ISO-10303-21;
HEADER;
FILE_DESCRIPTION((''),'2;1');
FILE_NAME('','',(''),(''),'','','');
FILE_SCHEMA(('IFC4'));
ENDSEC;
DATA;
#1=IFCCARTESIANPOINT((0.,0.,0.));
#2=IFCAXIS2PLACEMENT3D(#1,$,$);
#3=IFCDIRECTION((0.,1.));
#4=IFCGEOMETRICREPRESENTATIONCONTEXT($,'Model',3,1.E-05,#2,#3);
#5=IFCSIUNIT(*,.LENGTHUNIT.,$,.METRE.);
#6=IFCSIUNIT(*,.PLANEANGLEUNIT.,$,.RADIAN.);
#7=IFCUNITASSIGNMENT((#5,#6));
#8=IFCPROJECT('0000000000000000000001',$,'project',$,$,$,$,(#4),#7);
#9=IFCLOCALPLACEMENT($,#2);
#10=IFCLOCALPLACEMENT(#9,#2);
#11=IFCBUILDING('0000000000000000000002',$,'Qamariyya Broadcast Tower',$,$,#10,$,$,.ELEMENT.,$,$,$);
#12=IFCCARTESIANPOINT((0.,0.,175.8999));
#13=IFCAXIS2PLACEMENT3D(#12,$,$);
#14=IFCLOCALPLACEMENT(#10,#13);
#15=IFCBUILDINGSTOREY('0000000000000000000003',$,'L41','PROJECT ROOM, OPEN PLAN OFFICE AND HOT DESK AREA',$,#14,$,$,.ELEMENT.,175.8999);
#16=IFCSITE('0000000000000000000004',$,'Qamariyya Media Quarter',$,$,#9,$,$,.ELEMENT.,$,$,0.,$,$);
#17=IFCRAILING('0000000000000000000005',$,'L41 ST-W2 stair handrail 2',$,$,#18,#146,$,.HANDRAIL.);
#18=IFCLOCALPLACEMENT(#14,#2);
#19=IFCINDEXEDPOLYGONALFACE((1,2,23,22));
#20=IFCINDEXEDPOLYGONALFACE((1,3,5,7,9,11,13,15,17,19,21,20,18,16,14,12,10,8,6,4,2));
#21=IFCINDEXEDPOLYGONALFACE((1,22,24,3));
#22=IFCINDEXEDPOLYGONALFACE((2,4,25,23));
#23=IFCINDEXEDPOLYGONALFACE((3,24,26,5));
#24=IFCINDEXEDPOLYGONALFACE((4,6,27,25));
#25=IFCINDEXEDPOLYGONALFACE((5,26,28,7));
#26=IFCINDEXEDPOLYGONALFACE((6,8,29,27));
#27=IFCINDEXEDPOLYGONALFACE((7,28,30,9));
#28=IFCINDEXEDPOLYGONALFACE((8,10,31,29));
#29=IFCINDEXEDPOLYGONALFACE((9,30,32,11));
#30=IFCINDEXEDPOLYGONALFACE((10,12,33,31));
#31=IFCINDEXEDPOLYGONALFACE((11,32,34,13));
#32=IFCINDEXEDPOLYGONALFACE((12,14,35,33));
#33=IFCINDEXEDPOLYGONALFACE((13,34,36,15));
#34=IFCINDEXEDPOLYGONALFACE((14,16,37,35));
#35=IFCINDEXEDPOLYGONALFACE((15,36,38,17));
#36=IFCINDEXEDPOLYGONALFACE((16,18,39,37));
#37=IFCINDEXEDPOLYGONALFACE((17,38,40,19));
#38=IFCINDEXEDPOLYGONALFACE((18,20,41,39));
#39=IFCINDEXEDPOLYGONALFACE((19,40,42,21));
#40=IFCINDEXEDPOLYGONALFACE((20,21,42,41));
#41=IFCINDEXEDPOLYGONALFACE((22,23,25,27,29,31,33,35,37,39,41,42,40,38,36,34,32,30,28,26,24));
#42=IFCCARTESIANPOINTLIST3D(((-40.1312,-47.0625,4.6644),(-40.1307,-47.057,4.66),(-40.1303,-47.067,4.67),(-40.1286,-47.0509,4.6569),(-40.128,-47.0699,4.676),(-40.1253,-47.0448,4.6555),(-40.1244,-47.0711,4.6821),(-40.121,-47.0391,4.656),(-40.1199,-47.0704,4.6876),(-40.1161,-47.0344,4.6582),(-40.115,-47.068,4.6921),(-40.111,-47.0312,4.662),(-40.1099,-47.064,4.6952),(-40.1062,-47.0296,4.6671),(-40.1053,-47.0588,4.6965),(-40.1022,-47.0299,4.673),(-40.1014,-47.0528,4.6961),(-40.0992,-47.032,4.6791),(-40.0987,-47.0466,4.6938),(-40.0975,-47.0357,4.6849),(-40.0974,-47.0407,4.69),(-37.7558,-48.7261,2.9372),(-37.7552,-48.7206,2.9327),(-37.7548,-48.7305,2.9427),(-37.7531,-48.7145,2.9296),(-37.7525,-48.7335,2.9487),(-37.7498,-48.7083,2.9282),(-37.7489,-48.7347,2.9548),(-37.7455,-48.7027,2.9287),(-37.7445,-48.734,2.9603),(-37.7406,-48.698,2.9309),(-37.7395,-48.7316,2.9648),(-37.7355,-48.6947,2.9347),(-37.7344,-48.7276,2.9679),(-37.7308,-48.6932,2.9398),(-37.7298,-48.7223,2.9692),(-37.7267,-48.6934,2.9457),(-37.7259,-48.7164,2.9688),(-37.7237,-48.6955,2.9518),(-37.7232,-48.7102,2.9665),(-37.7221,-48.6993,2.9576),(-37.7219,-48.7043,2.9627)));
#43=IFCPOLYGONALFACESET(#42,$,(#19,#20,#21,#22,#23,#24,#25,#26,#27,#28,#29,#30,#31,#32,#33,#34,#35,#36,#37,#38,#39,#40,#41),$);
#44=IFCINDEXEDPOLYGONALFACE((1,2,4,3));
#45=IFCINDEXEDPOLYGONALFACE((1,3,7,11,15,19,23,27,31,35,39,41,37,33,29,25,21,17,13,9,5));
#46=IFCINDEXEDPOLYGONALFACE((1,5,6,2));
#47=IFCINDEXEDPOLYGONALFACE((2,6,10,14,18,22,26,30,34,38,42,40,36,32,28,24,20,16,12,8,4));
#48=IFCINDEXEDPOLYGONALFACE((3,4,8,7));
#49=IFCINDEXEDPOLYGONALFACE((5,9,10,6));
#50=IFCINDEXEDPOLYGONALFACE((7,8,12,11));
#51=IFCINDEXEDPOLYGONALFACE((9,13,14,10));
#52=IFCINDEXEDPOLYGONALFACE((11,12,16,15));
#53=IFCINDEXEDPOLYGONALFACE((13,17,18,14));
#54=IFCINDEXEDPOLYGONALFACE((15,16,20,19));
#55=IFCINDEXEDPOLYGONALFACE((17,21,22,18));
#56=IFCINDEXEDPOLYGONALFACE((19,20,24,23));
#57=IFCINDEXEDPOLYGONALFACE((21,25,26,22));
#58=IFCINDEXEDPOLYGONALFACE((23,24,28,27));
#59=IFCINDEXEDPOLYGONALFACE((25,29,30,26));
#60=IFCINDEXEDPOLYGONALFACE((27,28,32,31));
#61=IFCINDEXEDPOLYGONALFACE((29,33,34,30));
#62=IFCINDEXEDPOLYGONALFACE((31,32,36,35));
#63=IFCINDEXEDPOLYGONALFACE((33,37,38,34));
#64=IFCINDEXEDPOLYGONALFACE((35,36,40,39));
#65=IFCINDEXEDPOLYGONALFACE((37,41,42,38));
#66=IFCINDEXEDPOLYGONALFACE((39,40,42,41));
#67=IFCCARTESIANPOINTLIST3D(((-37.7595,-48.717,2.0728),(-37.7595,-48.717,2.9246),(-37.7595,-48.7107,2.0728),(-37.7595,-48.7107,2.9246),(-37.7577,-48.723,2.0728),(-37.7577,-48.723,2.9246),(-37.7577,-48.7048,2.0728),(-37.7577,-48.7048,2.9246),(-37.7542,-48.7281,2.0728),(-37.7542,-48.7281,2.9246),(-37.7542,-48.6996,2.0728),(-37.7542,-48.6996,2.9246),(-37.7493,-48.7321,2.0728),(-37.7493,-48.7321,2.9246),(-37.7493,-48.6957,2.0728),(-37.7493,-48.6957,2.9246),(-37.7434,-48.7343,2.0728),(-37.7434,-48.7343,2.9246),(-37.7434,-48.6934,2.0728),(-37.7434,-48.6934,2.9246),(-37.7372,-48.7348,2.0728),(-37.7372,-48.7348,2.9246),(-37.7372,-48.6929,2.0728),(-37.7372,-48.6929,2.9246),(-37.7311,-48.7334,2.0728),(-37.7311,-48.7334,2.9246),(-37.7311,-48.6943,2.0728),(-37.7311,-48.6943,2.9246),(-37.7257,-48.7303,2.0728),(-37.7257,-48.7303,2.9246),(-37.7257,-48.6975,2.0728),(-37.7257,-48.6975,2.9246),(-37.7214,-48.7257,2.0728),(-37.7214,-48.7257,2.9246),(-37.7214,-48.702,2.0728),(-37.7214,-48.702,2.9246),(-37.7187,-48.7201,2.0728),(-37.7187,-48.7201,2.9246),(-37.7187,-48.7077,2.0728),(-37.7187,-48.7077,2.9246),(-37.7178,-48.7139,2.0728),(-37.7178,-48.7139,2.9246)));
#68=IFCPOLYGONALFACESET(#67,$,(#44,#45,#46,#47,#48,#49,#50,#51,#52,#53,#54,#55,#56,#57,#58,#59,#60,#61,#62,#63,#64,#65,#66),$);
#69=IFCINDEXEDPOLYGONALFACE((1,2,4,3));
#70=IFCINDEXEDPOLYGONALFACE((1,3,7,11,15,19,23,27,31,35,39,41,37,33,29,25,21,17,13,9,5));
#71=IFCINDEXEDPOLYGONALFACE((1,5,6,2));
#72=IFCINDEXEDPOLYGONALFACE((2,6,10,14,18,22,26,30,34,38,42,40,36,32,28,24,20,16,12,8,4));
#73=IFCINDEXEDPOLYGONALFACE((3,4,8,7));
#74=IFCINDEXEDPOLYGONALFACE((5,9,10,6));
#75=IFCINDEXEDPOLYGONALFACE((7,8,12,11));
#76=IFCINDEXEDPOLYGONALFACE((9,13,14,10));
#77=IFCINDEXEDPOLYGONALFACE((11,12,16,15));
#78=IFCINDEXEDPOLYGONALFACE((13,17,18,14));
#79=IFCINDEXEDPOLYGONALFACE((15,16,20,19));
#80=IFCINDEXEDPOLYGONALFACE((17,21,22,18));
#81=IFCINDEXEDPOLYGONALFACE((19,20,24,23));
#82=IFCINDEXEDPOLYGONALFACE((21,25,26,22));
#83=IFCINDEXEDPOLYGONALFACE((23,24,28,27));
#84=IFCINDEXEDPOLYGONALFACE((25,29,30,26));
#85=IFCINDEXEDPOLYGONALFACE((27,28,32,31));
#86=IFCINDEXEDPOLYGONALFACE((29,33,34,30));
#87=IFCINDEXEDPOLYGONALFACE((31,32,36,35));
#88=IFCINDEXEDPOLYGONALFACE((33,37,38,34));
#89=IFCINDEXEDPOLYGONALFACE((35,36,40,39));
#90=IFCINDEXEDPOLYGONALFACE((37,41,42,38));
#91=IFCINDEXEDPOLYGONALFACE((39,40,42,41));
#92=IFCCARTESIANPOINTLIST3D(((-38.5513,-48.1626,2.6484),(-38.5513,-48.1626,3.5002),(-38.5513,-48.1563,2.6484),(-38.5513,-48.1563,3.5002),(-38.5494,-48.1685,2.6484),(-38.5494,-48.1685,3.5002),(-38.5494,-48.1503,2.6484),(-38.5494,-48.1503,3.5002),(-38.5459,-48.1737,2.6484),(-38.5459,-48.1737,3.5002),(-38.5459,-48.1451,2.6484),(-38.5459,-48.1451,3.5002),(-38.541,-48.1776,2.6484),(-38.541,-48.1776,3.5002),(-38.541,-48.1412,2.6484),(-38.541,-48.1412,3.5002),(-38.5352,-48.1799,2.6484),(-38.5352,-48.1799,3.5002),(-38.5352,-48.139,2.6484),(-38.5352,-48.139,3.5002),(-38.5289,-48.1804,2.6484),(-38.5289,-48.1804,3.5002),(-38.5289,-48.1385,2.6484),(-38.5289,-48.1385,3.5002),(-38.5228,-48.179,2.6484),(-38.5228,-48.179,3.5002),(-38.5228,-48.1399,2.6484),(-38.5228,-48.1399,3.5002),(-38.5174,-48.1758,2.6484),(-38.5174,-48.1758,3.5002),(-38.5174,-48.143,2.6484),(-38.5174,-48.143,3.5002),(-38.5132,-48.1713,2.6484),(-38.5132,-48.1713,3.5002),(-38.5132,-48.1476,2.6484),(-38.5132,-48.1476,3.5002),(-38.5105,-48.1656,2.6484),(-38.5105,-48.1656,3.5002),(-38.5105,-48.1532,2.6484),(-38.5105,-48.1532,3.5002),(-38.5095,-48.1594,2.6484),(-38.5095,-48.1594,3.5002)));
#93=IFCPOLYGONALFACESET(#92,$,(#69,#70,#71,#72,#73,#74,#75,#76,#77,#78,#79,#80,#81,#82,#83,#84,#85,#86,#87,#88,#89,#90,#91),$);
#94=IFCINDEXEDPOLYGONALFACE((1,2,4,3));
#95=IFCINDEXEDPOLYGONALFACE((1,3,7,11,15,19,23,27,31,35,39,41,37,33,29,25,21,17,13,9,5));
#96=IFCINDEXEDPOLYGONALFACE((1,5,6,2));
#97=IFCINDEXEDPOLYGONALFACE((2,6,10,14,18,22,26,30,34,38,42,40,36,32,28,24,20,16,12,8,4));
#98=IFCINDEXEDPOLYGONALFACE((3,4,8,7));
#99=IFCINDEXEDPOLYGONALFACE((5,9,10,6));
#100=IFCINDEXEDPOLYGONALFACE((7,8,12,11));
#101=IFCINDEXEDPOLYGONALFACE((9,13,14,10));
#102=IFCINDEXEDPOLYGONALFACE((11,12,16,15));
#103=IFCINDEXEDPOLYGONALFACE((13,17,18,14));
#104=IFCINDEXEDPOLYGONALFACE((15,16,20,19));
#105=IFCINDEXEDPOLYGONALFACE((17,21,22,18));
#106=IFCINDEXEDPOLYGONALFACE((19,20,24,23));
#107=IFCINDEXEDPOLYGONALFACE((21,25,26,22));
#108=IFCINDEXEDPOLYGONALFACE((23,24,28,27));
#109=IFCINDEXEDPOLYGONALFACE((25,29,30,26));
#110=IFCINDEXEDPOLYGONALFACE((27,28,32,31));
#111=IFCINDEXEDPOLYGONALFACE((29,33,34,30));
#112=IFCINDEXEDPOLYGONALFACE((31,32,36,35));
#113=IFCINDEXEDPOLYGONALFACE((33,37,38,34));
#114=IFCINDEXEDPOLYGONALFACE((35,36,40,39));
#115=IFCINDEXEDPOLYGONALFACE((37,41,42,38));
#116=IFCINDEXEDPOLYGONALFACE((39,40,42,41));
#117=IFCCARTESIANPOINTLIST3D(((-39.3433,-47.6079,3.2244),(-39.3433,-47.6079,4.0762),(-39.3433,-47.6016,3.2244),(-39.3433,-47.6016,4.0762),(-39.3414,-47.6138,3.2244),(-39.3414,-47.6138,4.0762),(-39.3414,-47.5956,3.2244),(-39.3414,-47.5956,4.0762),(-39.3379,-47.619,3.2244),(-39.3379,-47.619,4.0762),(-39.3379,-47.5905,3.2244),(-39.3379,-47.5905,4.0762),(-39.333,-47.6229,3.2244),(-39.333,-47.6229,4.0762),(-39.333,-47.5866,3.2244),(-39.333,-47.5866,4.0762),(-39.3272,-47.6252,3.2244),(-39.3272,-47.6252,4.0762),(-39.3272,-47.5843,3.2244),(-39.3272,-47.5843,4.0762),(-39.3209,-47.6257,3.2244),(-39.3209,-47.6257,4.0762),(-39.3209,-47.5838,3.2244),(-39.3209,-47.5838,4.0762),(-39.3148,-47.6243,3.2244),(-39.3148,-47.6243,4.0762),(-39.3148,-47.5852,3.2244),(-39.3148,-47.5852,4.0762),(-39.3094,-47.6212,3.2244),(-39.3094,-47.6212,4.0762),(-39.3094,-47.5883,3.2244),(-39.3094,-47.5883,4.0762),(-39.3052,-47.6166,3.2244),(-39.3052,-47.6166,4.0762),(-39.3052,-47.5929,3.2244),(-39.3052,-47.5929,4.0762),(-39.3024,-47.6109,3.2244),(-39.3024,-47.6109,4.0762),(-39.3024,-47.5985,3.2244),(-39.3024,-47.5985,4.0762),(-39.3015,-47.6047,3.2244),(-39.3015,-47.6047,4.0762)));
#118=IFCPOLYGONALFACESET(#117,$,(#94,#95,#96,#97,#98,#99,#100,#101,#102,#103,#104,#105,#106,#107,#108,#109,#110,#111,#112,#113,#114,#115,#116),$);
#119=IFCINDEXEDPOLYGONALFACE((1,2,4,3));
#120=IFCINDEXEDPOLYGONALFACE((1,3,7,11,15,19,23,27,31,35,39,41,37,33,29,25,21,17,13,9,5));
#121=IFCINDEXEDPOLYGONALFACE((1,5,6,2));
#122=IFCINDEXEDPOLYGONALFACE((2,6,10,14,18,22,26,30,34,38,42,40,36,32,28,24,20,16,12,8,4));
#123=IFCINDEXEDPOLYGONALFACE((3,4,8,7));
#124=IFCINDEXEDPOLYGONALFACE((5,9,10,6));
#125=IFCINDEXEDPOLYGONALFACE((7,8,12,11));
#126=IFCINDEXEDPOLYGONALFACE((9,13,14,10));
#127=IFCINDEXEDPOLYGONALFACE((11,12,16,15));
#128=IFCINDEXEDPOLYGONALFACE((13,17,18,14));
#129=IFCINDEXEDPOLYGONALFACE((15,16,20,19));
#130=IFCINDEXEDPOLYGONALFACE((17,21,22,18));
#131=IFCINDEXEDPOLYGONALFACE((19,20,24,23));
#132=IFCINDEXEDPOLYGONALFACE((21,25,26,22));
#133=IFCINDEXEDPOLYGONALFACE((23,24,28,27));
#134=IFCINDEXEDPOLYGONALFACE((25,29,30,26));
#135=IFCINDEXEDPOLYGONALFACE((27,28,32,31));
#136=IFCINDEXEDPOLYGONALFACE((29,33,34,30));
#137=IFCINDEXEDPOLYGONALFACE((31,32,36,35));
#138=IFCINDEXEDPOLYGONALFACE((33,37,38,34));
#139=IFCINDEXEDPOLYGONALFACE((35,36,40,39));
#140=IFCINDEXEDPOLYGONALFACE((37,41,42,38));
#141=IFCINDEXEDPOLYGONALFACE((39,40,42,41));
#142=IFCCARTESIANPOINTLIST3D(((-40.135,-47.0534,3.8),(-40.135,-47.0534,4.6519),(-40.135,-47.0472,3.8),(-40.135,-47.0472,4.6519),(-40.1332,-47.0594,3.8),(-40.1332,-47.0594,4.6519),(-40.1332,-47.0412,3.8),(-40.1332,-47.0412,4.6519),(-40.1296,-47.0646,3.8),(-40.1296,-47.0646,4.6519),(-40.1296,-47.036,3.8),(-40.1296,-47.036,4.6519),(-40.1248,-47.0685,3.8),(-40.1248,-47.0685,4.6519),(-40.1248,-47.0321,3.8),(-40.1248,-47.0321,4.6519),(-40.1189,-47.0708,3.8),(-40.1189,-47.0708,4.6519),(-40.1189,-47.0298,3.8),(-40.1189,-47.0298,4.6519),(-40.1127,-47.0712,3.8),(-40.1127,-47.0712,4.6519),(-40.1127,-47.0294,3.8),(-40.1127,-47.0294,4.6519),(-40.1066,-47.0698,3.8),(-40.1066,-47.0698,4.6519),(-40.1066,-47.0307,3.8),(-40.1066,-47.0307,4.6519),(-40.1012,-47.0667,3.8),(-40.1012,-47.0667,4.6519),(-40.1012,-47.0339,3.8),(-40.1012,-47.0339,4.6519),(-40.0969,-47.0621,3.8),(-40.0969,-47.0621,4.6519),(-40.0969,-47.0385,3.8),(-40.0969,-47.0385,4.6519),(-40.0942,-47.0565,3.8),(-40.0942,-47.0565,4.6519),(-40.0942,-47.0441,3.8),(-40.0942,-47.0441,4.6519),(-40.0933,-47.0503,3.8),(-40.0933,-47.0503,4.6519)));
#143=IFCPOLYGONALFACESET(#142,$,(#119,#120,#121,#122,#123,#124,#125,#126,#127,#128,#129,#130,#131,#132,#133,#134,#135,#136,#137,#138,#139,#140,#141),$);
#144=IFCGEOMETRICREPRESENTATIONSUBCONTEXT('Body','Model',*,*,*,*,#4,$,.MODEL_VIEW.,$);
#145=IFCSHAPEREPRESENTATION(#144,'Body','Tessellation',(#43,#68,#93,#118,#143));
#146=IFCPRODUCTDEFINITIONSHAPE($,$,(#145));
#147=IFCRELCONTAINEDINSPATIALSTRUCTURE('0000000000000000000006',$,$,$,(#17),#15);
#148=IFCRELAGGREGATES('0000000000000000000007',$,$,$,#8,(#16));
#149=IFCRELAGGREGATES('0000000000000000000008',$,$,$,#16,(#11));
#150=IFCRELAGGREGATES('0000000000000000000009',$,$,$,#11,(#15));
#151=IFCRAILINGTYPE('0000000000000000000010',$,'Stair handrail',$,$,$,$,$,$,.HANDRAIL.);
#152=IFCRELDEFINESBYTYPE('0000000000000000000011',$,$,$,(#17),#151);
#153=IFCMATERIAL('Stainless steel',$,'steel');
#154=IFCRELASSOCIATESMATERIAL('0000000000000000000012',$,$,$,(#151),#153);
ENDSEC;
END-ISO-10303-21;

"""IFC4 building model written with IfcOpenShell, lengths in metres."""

from ifc_helpers import new_model, si_unit, direction, frame, origin, origin_2d, place, context, subcontext, project, spatial, circle, extrude, material, type_object, element, save


model = new_model("IFC4")

# Units and contexts
model_context = context("Model", 3, precision=1e-05, world=origin(), true_north=direction((0.0, 1.0)))
body_context = subcontext(model_context, "Body", "Model", "MODEL_VIEW")
ifc_project = project(units=[si_unit("LENGTHUNIT", "METRE"), si_unit("PLANEANGLEUNIT", "RADIAN")], contexts=[model_context])

# Site, building, storey
site_placement = place(None, origin())
site = spatial("IfcSite", under=ifc_project, at=site_placement, Name="Qamariyya Media Quarter", CompositionType="ELEMENT", RefElevation=0.0)
building_placement = place(site_placement, origin())
building = spatial("IfcBuilding", under=site, at=building_placement, Name="Qamariyya Broadcast Tower", CompositionType="ELEMENT")
storey_placement = place(building_placement, frame((0.0, 0.0, 175.8999)))
storey = spatial("IfcBuildingStorey", under=building, at=storey_placement, Name="L41", Description="PROJECT ROOM, OPEN PLAN OFFICE AND HOT DESK AREA", CompositionType="ELEMENT", Elevation=175.8999)

# Railing
ifc_material_1 = material(Name="Stainless steel", Category="steel")
railing_type_1 = type_object("IfcRailingType", Name="Stair handrail", PredefinedType="HANDRAIL", material=ifc_material_1)
railing_1_placement = place(storey_placement, frame((-37.7388, -48.7139, 2.0728)))
element("IfcRailing", 1, at=railing_1_placement, inside=storey, type_object=railing_type_1, Name="L41 ST-W2 stair handrail 2", PredefinedType="HANDRAIL", context=body_context, shape_type="SweptSolid", body=[
    extrude(circle(Radius=0.0239, at=origin_2d()), frame((0.0, 0.0, 0.876), z_axis=(-0.703745, 0.492838, 0.511716), x_axis=(-0.573632, -0.819113, 0.0)), (0.0, 0.0, 1.0), 3.3755),
    extrude(circle(Radius=0.021, at=origin_2d()), origin(), (0.0, 0.0, 1.0), 0.8518),
    extrude(circle(Radius=0.021, at=origin_2d()), frame((-0.7917, 0.5544, 0.5757)), (0.0, 0.0, 1.0), 0.8518),
    extrude(circle(Radius=0.021, at=origin_2d()), frame((-1.5837, 1.1091, 1.1516)), (0.0, 0.0, 1.0), 0.8518),
    extrude(circle(Radius=0.021, at=origin_2d()), frame((-2.3755, 1.6636, 1.7273)), (0.0, 0.0, 1.0), 0.8518),
])

save(model, "model.ifc")
